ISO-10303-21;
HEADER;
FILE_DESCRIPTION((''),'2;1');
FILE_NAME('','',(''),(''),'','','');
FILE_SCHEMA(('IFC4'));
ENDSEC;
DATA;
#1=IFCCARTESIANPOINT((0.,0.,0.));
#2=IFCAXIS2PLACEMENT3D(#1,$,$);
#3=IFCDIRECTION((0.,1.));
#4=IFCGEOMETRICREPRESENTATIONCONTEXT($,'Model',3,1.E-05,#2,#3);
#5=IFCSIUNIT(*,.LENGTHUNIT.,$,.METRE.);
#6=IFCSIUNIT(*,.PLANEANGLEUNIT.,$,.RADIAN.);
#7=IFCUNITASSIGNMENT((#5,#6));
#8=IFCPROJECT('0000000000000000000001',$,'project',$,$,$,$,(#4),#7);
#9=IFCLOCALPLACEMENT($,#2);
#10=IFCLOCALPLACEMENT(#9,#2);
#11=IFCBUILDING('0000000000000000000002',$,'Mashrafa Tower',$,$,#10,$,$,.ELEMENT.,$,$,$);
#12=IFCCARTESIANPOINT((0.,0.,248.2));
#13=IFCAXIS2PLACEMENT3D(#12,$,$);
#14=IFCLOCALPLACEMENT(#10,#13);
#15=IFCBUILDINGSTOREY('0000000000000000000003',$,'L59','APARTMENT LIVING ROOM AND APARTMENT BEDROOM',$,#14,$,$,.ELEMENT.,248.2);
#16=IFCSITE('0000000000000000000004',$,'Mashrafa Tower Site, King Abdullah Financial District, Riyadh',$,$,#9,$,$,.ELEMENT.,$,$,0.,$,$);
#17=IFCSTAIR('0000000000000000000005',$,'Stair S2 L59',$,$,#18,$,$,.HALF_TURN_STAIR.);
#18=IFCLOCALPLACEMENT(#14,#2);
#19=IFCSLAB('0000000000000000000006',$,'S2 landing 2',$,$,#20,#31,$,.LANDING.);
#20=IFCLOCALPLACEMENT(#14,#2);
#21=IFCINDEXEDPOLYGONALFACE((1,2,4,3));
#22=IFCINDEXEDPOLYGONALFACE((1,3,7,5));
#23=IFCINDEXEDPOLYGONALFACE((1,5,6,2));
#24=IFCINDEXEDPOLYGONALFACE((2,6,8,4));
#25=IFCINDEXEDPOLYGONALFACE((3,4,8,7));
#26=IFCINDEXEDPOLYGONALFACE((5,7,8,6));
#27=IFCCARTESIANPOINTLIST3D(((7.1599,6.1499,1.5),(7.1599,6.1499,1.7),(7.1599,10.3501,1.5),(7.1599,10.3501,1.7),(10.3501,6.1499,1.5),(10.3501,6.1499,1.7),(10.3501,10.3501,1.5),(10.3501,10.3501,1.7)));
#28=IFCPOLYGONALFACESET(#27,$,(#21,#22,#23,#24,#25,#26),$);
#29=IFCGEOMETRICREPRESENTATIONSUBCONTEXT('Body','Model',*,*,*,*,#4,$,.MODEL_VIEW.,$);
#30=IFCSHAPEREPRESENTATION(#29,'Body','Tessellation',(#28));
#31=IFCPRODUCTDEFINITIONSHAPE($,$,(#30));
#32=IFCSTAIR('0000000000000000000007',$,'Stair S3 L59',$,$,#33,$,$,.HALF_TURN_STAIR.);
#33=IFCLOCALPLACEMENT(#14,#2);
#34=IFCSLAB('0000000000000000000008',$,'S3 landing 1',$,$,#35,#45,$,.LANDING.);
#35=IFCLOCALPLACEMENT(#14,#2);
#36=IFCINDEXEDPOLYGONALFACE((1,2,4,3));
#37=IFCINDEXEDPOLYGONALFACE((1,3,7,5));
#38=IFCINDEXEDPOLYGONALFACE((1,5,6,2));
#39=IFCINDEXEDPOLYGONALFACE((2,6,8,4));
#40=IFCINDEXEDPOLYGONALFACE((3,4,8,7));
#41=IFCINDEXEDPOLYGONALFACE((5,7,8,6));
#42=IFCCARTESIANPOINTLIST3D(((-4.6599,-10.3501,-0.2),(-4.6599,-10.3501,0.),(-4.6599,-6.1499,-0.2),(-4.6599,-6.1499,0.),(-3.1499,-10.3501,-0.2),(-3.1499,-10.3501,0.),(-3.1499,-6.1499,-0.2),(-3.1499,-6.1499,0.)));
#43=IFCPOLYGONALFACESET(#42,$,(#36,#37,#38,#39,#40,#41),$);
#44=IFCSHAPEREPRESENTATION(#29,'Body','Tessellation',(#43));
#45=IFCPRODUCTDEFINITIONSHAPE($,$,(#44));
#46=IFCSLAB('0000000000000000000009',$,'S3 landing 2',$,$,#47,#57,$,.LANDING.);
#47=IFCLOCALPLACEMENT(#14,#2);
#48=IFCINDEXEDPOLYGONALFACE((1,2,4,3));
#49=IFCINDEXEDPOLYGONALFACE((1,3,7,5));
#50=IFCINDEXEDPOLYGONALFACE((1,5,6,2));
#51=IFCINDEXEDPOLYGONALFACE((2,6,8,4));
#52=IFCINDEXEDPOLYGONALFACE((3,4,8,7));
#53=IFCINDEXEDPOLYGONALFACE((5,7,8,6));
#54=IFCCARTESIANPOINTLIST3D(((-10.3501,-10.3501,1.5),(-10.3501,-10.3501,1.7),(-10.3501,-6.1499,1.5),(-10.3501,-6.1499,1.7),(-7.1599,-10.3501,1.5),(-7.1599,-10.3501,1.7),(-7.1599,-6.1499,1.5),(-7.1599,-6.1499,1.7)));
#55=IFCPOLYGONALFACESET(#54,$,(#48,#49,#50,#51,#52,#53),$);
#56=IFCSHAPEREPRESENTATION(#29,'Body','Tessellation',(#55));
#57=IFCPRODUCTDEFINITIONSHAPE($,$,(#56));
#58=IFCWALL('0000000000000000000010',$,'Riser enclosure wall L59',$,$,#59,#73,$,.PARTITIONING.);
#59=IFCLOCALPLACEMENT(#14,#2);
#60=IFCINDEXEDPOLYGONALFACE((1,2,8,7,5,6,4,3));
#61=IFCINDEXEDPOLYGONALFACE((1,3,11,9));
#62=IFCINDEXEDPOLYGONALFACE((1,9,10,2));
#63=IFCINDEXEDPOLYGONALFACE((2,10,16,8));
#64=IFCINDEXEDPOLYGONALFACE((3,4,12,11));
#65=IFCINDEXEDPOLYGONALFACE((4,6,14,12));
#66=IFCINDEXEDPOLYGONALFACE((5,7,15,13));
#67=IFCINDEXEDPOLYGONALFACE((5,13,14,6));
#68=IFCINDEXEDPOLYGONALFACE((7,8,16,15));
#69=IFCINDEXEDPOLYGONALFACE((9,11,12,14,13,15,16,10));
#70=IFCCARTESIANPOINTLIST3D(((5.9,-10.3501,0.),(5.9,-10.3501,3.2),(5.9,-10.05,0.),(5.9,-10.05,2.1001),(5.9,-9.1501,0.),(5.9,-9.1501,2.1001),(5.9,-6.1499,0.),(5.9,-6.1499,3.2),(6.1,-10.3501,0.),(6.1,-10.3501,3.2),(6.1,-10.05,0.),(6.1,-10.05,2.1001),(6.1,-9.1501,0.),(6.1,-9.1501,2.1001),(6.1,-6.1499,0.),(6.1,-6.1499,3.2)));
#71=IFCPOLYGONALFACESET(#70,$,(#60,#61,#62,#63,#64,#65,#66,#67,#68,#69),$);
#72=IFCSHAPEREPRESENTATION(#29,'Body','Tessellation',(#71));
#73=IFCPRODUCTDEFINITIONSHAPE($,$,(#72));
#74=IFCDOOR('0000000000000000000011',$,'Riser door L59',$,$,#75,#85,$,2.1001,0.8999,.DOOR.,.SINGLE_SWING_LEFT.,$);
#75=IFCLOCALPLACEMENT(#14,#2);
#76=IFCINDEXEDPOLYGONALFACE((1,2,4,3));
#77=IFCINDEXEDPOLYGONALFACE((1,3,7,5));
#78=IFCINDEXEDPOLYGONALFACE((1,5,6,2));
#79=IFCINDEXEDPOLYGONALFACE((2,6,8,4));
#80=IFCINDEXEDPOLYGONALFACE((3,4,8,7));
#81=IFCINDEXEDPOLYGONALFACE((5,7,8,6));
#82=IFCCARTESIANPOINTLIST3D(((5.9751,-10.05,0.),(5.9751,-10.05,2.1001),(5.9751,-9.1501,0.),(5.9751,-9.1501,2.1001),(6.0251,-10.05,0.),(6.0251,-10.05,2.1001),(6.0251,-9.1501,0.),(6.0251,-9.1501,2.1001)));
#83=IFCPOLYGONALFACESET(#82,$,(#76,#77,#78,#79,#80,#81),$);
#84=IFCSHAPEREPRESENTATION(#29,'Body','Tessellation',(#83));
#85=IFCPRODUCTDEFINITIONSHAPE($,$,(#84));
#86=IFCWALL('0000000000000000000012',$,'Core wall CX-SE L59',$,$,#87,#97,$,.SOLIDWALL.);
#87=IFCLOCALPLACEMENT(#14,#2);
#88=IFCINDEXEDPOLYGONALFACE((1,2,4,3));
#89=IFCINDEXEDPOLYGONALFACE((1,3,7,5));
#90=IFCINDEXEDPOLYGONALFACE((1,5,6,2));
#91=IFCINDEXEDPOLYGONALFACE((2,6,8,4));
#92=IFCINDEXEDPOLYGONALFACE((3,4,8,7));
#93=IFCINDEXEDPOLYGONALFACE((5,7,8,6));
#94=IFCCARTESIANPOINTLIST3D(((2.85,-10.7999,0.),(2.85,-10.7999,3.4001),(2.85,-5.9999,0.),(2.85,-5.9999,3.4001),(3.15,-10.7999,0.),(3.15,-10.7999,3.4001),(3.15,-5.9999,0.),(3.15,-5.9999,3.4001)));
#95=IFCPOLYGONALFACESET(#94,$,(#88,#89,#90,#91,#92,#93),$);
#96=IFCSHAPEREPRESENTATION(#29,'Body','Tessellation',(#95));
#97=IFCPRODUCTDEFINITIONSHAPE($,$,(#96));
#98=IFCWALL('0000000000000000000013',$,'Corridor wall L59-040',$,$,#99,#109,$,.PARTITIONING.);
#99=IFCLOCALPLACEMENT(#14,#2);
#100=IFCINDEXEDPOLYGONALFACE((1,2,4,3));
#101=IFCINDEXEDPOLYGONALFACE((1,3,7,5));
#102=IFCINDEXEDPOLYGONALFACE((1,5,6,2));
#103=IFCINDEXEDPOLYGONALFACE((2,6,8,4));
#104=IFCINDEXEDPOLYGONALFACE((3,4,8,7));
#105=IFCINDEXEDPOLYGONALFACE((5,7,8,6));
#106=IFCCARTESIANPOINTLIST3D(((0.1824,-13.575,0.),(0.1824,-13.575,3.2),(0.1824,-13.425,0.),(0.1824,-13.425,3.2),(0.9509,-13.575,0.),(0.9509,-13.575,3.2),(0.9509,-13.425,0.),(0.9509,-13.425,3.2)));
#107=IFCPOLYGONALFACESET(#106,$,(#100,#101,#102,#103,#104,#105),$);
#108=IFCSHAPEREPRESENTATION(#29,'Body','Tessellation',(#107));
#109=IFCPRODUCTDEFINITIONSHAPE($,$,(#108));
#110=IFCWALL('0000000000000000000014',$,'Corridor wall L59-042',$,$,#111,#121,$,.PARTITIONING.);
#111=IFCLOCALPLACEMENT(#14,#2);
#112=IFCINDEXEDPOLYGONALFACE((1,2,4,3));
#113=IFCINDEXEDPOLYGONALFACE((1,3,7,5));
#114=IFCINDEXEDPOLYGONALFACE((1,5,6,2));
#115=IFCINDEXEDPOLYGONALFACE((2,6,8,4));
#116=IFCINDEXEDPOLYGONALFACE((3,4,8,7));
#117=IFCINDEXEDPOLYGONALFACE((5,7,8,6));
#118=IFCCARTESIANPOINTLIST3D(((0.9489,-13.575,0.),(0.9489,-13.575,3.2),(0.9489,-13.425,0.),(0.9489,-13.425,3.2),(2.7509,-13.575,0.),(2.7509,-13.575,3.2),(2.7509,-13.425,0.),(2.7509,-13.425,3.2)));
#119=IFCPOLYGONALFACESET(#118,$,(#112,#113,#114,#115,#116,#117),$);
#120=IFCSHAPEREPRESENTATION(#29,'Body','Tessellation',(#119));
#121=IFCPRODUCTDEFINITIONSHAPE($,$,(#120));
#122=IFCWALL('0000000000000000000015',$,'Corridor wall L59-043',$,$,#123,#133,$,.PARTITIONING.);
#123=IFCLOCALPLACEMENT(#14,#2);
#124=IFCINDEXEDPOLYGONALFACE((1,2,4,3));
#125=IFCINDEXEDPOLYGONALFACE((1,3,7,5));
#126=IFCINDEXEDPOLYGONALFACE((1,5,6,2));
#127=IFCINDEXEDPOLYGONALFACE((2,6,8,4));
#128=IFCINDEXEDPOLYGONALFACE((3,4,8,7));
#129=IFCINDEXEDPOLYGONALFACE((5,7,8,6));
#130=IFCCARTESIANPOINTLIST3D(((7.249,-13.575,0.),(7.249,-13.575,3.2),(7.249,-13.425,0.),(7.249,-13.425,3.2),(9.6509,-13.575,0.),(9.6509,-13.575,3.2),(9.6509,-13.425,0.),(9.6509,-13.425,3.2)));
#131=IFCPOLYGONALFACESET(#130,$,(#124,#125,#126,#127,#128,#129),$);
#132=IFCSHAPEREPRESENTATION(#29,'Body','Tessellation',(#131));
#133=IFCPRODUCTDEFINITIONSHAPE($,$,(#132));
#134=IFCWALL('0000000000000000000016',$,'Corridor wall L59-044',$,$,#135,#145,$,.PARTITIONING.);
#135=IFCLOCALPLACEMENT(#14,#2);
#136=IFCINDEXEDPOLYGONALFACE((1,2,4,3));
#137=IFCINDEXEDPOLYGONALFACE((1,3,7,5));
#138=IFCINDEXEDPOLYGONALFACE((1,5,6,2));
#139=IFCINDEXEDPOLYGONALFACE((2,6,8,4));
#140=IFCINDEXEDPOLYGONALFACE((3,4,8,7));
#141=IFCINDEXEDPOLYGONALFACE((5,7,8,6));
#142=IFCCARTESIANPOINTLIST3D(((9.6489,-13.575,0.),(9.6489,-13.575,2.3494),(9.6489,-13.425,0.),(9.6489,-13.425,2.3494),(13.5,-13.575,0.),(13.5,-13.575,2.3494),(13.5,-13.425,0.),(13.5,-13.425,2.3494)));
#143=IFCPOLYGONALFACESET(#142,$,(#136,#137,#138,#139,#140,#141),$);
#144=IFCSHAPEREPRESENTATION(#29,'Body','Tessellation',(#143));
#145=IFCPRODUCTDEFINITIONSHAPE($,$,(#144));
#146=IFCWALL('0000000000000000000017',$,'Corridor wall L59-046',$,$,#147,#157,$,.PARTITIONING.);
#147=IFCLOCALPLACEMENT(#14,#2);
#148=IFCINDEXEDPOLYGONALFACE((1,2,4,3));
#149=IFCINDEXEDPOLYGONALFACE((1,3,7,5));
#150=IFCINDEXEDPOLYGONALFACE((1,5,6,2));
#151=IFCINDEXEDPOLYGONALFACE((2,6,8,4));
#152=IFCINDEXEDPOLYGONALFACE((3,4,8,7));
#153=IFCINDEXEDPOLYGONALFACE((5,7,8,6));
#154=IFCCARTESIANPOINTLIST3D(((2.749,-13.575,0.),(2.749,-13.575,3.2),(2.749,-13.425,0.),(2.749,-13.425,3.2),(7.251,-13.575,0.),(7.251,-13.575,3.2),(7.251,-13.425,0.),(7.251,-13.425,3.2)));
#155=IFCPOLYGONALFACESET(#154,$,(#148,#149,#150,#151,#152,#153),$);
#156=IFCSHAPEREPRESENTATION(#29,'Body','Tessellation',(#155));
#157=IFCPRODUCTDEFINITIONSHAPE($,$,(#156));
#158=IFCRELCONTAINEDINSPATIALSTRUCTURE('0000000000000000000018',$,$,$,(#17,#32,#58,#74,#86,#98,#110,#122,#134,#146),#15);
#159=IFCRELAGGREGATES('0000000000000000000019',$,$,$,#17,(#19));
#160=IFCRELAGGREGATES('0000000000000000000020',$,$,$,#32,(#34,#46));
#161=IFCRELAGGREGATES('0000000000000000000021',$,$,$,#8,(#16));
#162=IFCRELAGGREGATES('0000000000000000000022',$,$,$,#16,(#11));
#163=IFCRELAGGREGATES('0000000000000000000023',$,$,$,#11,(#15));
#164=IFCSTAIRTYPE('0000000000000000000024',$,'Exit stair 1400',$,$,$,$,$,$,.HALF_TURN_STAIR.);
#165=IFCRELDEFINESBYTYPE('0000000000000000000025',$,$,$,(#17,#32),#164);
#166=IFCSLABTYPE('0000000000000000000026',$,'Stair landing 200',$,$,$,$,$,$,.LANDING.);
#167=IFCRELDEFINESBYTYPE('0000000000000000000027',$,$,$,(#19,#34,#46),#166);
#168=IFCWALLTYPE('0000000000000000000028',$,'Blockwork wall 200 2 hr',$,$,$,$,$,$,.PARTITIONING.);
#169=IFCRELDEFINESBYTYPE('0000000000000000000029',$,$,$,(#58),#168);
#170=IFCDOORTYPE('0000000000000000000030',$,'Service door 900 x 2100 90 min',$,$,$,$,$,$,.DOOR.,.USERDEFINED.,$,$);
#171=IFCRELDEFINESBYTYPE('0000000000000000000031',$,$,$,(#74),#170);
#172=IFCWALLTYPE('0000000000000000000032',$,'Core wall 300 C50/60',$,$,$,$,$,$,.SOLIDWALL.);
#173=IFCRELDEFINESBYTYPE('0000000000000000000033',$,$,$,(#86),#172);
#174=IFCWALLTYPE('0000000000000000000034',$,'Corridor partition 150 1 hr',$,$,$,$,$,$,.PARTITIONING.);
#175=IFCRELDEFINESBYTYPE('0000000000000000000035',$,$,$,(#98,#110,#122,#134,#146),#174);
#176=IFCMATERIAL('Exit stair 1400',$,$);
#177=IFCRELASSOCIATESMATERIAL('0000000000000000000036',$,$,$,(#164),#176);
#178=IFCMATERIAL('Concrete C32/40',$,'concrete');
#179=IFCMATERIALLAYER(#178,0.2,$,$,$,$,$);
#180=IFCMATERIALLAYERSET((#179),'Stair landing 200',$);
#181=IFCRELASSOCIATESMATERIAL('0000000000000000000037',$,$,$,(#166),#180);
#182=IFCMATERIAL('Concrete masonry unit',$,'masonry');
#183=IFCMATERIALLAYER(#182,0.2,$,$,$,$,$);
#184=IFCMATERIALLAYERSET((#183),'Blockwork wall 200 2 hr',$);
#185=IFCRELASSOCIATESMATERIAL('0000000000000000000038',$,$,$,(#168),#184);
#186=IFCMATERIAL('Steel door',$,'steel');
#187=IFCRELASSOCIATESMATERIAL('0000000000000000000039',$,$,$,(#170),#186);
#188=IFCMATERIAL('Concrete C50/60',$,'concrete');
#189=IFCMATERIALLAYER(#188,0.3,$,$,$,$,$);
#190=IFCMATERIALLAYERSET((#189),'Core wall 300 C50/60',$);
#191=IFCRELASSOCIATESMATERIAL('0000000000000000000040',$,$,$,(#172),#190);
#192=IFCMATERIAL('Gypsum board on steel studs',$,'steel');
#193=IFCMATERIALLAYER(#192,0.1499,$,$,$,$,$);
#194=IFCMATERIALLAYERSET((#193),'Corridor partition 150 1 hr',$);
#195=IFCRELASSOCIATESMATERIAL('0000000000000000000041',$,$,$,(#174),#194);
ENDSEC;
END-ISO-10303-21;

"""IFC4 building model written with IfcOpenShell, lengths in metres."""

from ifc_helpers import new_model, si_unit, direction, frame, frame_2d, origin, place, context, subcontext, project, spatial, polyline, rectangle, outline, extrude, material, layer, layer_set, type_object, element, fill, aggregate, save


model = new_model("IFC4")

# Units and contexts
model_context = context("Model", 3, precision=1e-05, world=origin(), true_north=direction((0.0, 1.0)))
body_context = subcontext(model_context, "Body", "Model", "MODEL_VIEW")
ifc_project = project(units=[si_unit("LENGTHUNIT", "METRE"), si_unit("PLANEANGLEUNIT", "RADIAN")], contexts=[model_context])

# Site, building, storey
site_placement = place(None, origin())
site = spatial("IfcSite", under=ifc_project, at=site_placement, Name="Mashrafa Tower Site, King Abdullah Financial District, Riyadh", CompositionType="ELEMENT", RefElevation=0.0)
building_placement = place(site_placement, origin())
building = spatial("IfcBuilding", under=site, at=building_placement, Name="Mashrafa Tower", CompositionType="ELEMENT")
storey_placement = place(building_placement, frame((0.0, 0.0, 248.2)))
storey = spatial("IfcBuildingStorey", under=building, at=storey_placement, Name="L59", Description="APARTMENT LIVING ROOM AND APARTMENT BEDROOM", CompositionType="ELEMENT", Elevation=248.2)

# Stairs, slabs
ifc_material_1 = material(Name="Exit stair 1400")
stair_type = type_object("IfcStairType", Name="Exit stair 1400", PredefinedType="HALF_TURN_STAIR", material=ifc_material_1)
ifc_material_2 = material(Name="Concrete C32/40", Category="concrete")
ifc_layer_1 = layer(ifc_material_2, 0.2)
ifc_layer_set_1 = layer_set([ifc_layer_1], Name="Stair landing 200")
slab_type = type_object("IfcSlabType", Name="Stair landing 200", PredefinedType="LANDING", material=ifc_layer_set_1)
stair_1_placement = place(storey_placement, origin())
stair_1 = element("IfcStair", 1, at=stair_1_placement, inside=storey, type_object=stair_type, Name="Stair S2 L59", PredefinedType="HALF_TURN_STAIR")
slab_1_placement = place(storey_placement, frame((0.0, 0.0, 1.5)))
slab_1 = element("IfcSlab", 2, at=slab_1_placement, type_object=slab_type, Name="S2 landing 2", PredefinedType="LANDING", context=body_context, shape_type="SweptSolid", body=[
    extrude(outline(polyline([(7.1599, 6.1499), (10.3501, 6.1499), (10.3501, 10.3501), (7.1599, 10.3501), (7.1599, 6.1499)])), origin(), (0.0, 0.0, 1.0), 0.2),
])
aggregate(stair_1, [slab_1])
stair_2_placement = place(storey_placement, origin())
stair_2 = element("IfcStair", 3, at=stair_2_placement, inside=storey, type_object=stair_type, Name="Stair S3 L59", PredefinedType="HALF_TURN_STAIR")
slab_2_placement = place(storey_placement, frame((0.0, 0.0, -0.2)))
slab_2 = element("IfcSlab", 4, at=slab_2_placement, type_object=slab_type, Name="S3 landing 1", PredefinedType="LANDING", context=body_context, shape_type="SweptSolid", body=[
    extrude(outline(polyline([(-4.6599, -10.3501), (-3.1499, -10.3501), (-3.1499, -6.1499), (-4.6599, -6.1499), (-4.6599, -10.3501)])), origin(), (0.0, 0.0, 1.0), 0.2),
])
slab_3_placement = place(storey_placement, frame((0.0, 0.0, 1.5)))
slab_3 = element("IfcSlab", 5, at=slab_3_placement, type_object=slab_type, Name="S3 landing 2", PredefinedType="LANDING", context=body_context, shape_type="SweptSolid", body=[
    extrude(outline(polyline([(-10.3501, -10.3501), (-7.1599, -10.3501), (-7.1599, -6.1499), (-10.3501, -6.1499), (-10.3501, -10.3501)])), origin(), (0.0, 0.0, 1.0), 0.2),
])
aggregate(stair_2, [slab_2, slab_3])

# Wall, opening, door
ifc_material_3 = material(Name="Concrete masonry unit", Category="masonry")
ifc_layer_2 = layer(ifc_material_3, 0.2)
ifc_layer_set_2 = layer_set([ifc_layer_2], Name="Blockwork wall 200 2 hr")
wall_type_1 = type_object("IfcWallType", Name="Blockwork wall 200 2 hr", PredefinedType="PARTITIONING", material=ifc_layer_set_2)
wall_1_placement = place(storey_placement, frame((6.0, -10.3501, 0.0), z_axis=(0.0, 0.0, 1.0), x_axis=(0.0, 1.0, 0.0)))
wall_1 = element("IfcWall", 6, at=wall_1_placement, inside=storey, type_object=wall_type_1, Name="Riser enclosure wall L59", PredefinedType="PARTITIONING", context=body_context, shape_type="SweptSolid", body=[
    extrude(rectangle(XDim=4.2002, YDim=0.2, at=frame_2d((2.1001, 0.0))), origin(), (0.0, 0.0, 1.0), 3.2),
])
opening_1_placement = place(wall_1_placement, frame((0.3, 0.0, 0.0)))
opening_1 = element("IfcOpeningElement", 7, at=opening_1_placement, cuts=wall_1, PredefinedType="OPENING", context=body_context, shape_type="SweptSolid", body=[
    extrude(rectangle(XDim=0.8999, YDim=2.1001, at=frame_2d((0.45, 1.05))), frame((0.0, 0.1099, 0.0), z_axis=(0.0, -1.0, 0.0), x_axis=(1.0, 0.0, 0.0)), (0.0, 0.0, 1.0), 0.22),
])
ifc_material_4 = material(Name="Steel door", Category="steel")
door_type_1 = type_object("IfcDoorType", Name="Service door 900 x 2100 90 min", OperationType="USERDEFINED", PredefinedType="DOOR", material=ifc_material_4)
door_1_placement = place(opening_1_placement, origin())
door_1 = element("IfcDoor", 8, at=door_1_placement, inside=storey, type_object=door_type_1, Name="Riser door L59", OperationType="SINGLE_SWING_LEFT", OverallHeight=2.1001, OverallWidth=0.8999, PredefinedType="DOOR", context=body_context, shape_type="SweptSolid", body=[
    extrude(rectangle(XDim=0.8999, YDim=2.1001, at=frame_2d((0.45, 1.05))), frame((0.0, 0.0249, 0.0), z_axis=(0.0, -1.0, 0.0), x_axis=(1.0, 0.0, 0.0)), (0.0, 0.0, 1.0), 0.05),
])
fill(opening_1, door_1)

# Walls
ifc_material_5 = material(Name="Concrete C50/60", Category="concrete")
ifc_layer_3 = layer(ifc_material_5, 0.3)
ifc_layer_set_3 = layer_set([ifc_layer_3], Name="Core wall 300 C50/60")
wall_type_2 = type_object("IfcWallType", Name="Core wall 300 C50/60", PredefinedType="SOLIDWALL", material=ifc_layer_set_3)
wall_2_placement = place(storey_placement, frame((3.0, -6.0, 0.0), z_axis=(0.0, 0.0, 1.0), x_axis=(0.0, -1.0, 0.0)))
element("IfcWall", 9, at=wall_2_placement, inside=storey, type_object=wall_type_2, Name="Core wall CX-SE L59", PredefinedType="SOLIDWALL", context=body_context, shape_type="SweptSolid", body=[
    extrude(rectangle(XDim=4.8, YDim=0.3, at=frame_2d((2.3999, 0.0))), origin(), (0.0, 0.0, 1.0), 3.4001),
])
ifc_material_6 = material(Name="Gypsum board on steel studs", Category="steel")
ifc_layer_4 = layer(ifc_material_6, 0.1499)
ifc_layer_set_4 = layer_set([ifc_layer_4], Name="Corridor partition 150 1 hr")
wall_type_3 = type_object("IfcWallType", Name="Corridor partition 150 1 hr", PredefinedType="PARTITIONING", material=ifc_layer_set_4)
wall_3_placement = place(storey_placement, frame((0.1824, -13.5, 0.0), z_axis=(0.0, 0.0, 1.0), x_axis=(1.0, 0.0, 0.0)))
element("IfcWall", 10, at=wall_3_placement, inside=storey, type_object=wall_type_3, Name="Corridor wall L59-040", PredefinedType="PARTITIONING", context=body_context, shape_type="SweptSolid", body=[
    extrude(rectangle(XDim=0.7686, YDim=0.1499, at=frame_2d((0.3843, 0.0))), origin(), (0.0, 0.0, 1.0), 3.2),
])
wall_4_placement = place(storey_placement, frame((0.949, -13.5, 0.0), z_axis=(0.0, 0.0, 1.0), x_axis=(1.0, 0.0, 0.0)))
element("IfcWall", 11, at=wall_4_placement, inside=storey, type_object=wall_type_3, Name="Corridor wall L59-042", PredefinedType="PARTITIONING", context=body_context, shape_type="SweptSolid", body=[
    extrude(rectangle(XDim=1.802, YDim=0.1499, at=frame_2d((0.9009, 0.0))), origin(), (0.0, 0.0, 1.0), 3.2),
])
wall_5_placement = place(storey_placement, frame((7.249, -13.5, 0.0), z_axis=(0.0, 0.0, 1.0), x_axis=(1.0, 0.0, 0.0)))
element("IfcWall", 12, at=wall_5_placement, inside=storey, type_object=wall_type_3, Name="Corridor wall L59-043", PredefinedType="PARTITIONING", context=body_context, shape_type="SweptSolid", body=[
    extrude(rectangle(XDim=2.4019, YDim=0.1499, at=frame_2d((1.2009, 0.0))), origin(), (0.0, 0.0, 1.0), 3.2),
])
wall_6_placement = place(storey_placement, frame((9.6489, -13.5, 0.0), z_axis=(0.0, 0.0, 1.0), x_axis=(1.0, 0.0, 0.0)))
element("IfcWall", 13, at=wall_6_placement, inside=storey, type_object=wall_type_3, Name="Corridor wall L59-044", PredefinedType="PARTITIONING", context=body_context, shape_type="SweptSolid", body=[
    extrude(rectangle(XDim=3.8511, YDim=0.1499, at=frame_2d((1.9255, 0.0))), origin(), (0.0, 0.0, 1.0), 2.3494),
])
wall_7_placement = place(storey_placement, frame((2.749, -13.5, 0.0), z_axis=(0.0, 0.0, 1.0), x_axis=(1.0, 0.0, 0.0)))
element("IfcWall", 14, at=wall_7_placement, inside=storey, type_object=wall_type_3, Name="Corridor wall L59-046", PredefinedType="PARTITIONING", context=body_context, shape_type="SweptSolid", body=[
    extrude(rectangle(XDim=4.502, YDim=0.1499, at=frame_2d((2.251, 0.0))), origin(), (0.0, 0.0, 1.0), 3.2),
])

save(model, "model.ifc")
